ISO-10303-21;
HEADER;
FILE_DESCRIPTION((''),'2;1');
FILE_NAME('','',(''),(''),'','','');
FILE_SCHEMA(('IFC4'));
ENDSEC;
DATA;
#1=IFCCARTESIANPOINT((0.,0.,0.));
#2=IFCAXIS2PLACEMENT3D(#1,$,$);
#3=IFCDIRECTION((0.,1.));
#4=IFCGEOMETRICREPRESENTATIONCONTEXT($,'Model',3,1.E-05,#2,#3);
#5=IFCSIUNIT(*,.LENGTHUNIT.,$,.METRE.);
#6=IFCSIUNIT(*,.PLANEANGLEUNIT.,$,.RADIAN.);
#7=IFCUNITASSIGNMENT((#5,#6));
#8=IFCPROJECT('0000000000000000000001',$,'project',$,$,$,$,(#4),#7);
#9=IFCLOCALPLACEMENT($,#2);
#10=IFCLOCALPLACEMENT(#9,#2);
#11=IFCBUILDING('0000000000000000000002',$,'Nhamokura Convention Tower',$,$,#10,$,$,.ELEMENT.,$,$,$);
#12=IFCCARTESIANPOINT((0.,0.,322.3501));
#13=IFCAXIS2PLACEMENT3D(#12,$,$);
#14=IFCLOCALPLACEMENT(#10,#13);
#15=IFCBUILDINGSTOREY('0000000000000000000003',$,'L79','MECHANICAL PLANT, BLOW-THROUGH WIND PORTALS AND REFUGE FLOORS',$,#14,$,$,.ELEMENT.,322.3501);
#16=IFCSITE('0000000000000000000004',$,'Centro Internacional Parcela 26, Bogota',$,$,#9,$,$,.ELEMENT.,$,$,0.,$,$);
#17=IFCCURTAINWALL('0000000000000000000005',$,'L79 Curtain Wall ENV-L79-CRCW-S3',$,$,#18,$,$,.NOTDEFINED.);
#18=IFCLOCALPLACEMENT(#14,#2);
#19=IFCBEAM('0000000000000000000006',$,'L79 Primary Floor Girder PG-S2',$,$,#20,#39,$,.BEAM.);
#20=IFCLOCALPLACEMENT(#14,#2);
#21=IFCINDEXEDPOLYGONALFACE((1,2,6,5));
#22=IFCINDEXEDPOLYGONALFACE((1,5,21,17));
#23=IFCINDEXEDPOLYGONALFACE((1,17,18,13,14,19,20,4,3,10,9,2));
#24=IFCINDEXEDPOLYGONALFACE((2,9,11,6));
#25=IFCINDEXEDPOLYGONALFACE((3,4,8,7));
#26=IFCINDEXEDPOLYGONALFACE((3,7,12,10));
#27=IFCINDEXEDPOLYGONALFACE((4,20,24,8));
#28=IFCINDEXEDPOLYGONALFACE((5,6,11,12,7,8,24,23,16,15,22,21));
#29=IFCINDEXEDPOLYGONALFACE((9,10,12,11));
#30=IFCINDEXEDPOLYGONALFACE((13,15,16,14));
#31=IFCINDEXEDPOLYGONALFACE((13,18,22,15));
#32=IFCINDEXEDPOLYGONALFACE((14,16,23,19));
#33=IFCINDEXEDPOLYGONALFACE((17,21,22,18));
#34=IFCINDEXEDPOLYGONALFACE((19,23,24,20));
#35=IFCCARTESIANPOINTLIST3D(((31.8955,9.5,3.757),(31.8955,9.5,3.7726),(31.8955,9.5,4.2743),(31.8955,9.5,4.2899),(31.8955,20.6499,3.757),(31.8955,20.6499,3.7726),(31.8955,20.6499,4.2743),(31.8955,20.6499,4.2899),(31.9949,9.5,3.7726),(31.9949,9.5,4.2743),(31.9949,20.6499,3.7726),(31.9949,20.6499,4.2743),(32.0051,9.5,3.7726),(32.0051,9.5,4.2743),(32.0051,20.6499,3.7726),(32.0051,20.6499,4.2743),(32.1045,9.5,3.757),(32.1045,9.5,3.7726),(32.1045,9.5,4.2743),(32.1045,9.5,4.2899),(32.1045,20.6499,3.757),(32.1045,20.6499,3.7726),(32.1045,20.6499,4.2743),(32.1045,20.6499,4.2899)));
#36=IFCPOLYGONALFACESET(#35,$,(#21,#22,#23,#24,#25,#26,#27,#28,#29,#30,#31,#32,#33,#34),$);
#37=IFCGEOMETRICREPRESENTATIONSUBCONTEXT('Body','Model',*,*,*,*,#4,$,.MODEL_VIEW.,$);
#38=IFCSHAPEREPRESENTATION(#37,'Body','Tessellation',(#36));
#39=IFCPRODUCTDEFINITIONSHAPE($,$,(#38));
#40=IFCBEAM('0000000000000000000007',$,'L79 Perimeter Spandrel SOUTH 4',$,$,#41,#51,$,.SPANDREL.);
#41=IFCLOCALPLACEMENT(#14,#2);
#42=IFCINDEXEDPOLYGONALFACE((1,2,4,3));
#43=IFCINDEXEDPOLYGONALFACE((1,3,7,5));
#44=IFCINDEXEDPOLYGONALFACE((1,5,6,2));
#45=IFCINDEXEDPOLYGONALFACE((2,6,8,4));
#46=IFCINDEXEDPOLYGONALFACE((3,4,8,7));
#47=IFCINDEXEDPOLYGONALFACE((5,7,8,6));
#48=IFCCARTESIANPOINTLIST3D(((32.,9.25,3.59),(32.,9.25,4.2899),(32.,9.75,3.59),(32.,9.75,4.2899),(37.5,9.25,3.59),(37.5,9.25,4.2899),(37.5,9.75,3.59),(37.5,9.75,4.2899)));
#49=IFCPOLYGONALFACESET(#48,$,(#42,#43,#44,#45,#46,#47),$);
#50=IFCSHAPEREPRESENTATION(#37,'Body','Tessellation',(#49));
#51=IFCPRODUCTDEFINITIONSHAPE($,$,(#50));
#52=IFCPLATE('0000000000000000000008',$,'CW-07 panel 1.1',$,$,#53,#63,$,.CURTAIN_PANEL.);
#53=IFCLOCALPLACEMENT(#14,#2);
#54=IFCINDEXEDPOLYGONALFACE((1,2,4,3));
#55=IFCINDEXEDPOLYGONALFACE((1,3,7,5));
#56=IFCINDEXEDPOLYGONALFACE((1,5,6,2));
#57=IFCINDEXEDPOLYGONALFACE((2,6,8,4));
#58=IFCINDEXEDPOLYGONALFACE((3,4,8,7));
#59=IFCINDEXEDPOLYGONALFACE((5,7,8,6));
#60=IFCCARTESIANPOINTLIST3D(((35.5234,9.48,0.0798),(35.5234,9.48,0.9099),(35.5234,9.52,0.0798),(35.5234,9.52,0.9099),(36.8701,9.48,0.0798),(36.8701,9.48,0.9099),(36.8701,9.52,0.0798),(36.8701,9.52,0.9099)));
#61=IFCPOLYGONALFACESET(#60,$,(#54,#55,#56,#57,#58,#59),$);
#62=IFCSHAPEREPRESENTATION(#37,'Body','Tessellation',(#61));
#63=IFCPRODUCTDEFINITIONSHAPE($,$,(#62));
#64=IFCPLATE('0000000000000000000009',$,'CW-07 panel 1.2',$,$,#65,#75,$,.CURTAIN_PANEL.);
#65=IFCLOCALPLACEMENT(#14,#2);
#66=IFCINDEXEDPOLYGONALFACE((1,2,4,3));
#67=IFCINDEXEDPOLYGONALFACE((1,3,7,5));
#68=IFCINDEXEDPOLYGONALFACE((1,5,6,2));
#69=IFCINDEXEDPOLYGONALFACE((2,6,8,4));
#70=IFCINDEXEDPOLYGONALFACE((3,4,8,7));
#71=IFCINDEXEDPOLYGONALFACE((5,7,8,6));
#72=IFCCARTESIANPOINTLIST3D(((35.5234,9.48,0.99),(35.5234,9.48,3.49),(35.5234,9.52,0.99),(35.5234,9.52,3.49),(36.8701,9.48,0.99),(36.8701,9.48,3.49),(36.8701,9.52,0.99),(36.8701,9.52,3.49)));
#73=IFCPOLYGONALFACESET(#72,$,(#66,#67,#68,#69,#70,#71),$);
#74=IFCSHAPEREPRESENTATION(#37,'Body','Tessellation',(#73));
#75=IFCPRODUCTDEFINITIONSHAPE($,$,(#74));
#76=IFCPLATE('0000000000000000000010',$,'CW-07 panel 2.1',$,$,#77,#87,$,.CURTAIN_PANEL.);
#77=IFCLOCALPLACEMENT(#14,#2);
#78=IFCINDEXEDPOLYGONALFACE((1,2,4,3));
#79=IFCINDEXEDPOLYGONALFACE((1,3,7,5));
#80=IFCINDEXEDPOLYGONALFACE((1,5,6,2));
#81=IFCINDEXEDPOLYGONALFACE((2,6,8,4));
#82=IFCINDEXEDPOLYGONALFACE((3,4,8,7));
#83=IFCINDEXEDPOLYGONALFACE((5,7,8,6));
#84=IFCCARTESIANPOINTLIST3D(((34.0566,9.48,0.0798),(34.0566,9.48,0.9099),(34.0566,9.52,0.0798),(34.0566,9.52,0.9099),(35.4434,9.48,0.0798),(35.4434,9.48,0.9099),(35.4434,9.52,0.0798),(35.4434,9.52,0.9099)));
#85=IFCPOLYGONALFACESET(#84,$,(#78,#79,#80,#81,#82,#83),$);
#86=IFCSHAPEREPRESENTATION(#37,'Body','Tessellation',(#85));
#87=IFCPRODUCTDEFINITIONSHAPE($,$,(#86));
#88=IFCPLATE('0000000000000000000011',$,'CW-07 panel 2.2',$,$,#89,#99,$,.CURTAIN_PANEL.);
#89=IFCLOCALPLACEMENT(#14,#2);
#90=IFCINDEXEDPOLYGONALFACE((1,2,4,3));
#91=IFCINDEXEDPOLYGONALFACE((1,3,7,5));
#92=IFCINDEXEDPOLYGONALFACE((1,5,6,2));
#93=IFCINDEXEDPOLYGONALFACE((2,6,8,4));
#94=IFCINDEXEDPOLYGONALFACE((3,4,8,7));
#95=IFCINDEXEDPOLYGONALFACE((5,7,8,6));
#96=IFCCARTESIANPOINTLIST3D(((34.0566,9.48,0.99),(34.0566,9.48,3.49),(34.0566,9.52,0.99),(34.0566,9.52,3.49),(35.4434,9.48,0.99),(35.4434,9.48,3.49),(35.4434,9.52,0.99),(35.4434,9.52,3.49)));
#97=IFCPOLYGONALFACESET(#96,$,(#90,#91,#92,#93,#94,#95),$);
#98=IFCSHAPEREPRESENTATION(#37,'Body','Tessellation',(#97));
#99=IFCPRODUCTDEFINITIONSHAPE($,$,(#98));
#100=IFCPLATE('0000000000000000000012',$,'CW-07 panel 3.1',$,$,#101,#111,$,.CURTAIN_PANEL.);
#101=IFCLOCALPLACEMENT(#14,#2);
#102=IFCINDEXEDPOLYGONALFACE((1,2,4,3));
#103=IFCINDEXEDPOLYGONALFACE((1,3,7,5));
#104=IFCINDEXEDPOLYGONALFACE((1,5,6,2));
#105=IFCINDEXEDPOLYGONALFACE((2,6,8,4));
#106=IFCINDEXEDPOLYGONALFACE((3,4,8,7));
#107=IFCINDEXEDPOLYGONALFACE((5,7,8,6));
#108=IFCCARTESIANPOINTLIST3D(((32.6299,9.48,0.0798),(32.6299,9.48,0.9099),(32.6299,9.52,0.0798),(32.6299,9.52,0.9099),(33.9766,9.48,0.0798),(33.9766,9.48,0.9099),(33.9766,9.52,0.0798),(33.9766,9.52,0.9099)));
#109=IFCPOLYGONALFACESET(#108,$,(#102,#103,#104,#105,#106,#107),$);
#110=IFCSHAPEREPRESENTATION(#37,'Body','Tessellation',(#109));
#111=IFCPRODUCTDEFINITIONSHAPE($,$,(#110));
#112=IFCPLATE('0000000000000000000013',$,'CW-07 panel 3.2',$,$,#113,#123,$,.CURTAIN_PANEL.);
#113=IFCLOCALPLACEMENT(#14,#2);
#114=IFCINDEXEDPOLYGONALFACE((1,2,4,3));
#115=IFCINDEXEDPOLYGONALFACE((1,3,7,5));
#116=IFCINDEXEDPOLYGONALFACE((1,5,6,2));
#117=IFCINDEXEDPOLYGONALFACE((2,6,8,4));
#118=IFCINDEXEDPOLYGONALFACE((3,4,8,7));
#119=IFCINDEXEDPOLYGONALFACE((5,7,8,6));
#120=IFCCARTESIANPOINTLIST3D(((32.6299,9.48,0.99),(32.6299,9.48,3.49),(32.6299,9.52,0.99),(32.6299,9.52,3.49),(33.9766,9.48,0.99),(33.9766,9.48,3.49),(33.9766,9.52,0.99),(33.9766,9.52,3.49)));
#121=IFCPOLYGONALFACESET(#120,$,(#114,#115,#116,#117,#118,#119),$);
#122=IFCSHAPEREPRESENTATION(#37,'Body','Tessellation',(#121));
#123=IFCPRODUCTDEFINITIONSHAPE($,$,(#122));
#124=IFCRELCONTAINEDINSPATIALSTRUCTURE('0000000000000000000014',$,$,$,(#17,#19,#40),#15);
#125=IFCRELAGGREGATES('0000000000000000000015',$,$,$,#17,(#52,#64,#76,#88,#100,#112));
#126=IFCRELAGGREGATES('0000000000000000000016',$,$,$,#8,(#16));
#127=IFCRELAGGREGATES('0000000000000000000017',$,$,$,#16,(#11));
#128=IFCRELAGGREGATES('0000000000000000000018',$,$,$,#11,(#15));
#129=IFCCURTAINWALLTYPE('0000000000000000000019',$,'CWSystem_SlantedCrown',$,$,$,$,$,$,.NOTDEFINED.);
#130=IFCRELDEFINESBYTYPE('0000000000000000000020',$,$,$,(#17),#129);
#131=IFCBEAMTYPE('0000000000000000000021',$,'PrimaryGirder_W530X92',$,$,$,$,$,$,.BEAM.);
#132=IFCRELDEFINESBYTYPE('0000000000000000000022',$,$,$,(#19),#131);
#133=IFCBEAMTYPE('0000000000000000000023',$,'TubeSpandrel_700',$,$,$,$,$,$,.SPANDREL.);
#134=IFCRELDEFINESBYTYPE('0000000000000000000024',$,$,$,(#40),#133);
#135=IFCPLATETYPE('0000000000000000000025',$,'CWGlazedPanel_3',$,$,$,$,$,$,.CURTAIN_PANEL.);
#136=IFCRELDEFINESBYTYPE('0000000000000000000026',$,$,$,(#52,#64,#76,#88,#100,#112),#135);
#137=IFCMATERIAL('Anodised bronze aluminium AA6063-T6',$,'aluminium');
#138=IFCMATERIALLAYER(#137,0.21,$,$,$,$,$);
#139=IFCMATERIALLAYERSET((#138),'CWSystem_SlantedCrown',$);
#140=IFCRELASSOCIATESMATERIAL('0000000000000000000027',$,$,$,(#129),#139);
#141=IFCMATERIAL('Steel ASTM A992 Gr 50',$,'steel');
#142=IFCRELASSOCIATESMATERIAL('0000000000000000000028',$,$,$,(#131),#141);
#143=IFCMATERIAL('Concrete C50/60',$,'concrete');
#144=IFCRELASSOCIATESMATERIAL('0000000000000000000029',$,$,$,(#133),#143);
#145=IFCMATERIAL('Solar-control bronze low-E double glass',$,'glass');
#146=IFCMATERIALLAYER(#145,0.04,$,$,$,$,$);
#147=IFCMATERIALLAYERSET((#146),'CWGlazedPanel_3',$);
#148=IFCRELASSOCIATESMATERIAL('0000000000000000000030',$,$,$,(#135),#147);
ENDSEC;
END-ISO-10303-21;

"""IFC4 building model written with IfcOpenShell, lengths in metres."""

from ifc_helpers import new_model, si_unit, direction, frame, origin, origin_2d, place, context, subcontext, project, spatial, rectangle, i_section, extrude, material, layer, layer_set, material_profile, profile_set, type_object, element, aggregate, save


model = new_model("IFC4")

# Units and contexts
model_context = context("Model", 3, precision=1e-05, world=origin(), true_north=direction((0.0, 1.0)))
body_context = subcontext(model_context, "Body", "Model", "MODEL_VIEW")
ifc_project = project(units=[si_unit("LENGTHUNIT", "METRE"), si_unit("PLANEANGLEUNIT", "RADIAN")], contexts=[model_context])

# Site, building, storey
site_placement = place(None, origin())
site = spatial("IfcSite", under=ifc_project, at=site_placement, Name="Centro Internacional Parcela 26, Bogota", CompositionType="ELEMENT", RefElevation=0.0)
building_placement = place(site_placement, origin())
building = spatial("IfcBuilding", under=site, at=building_placement, Name="Nhamokura Convention Tower", CompositionType="ELEMENT")
storey_placement = place(building_placement, frame((0.0, 0.0, 322.3501)))
storey = spatial("IfcBuildingStorey", under=building, at=storey_placement, Name="L79", Description="MECHANICAL PLANT, BLOW-THROUGH WIND PORTALS AND REFUGE FLOORS", CompositionType="ELEMENT", Elevation=322.3501)

# Shared definitions
ifc_material_1 = material(Name="Anodised bronze aluminium AA6063-T6", Category="aluminium")
ifc_layer_1 = layer(ifc_material_1, 0.21)
ifc_layer_set_1 = layer_set([ifc_layer_1], Name="CWSystem_SlantedCrown")
curtain_wall_type = type_object("IfcCurtainWallType", Name="CWSystem_SlantedCrown", PredefinedType="NOTDEFINED", material=ifc_layer_set_1)

# Curtain wall
curtain_wall_1_placement = place(storey_placement, origin())
curtain_wall_1 = element("IfcCurtainWall", 1, at=curtain_wall_1_placement, inside=storey, type_object=curtain_wall_type, Name="L79 Curtain Wall ENV-L79-CRCW-S3", PredefinedType="NOTDEFINED")

# Beams
ifc_material_2 = material(Name="Steel ASTM A992 Gr 50", Category="steel")
ifc_material_profile_1 = material_profile(ifc_material_2, i_section(OverallWidth=0.209, OverallDepth=0.533, WebThickness=0.0103, FlangeThickness=0.0156, at=origin_2d()))
ifc_profile_set_1 = profile_set([ifc_material_profile_1], Name="Steel ASTM A992 Gr 50")
beam_type_1 = type_object("IfcBeamType", Name="PrimaryGirder_W530X92", PredefinedType="BEAM", material=ifc_profile_set_1)
beam_1_placement = place(storey_placement, frame((32.0, 9.5, 4.0234), z_axis=(0.0, 1.0, 0.0), x_axis=(-1.0, 0.0, 0.0)))
element("IfcBeam", 2, at=beam_1_placement, inside=storey, type_object=beam_type_1, Name="L79 Primary Floor Girder PG-S2", PredefinedType="BEAM", context=body_context, shape_type="SweptSolid", body=[
    extrude(i_section(OverallWidth=0.209, OverallDepth=0.533, WebThickness=0.0103, FlangeThickness=0.0156, at=origin_2d()), origin(), (0.0, 0.0, 1.0), 11.1499),
])
ifc_material_3 = material(Name="Concrete C50/60", Category="concrete")
ifc_material_profile_2 = material_profile(ifc_material_3, rectangle(XDim=0.5, YDim=0.7, at=origin_2d()))
ifc_profile_set_2 = profile_set([ifc_material_profile_2], Name="Concrete C50/60")
beam_type_2 = type_object("IfcBeamType", Name="TubeSpandrel_700", PredefinedType="SPANDREL", material=ifc_profile_set_2)
beam_2_placement = place(storey_placement, frame((32.0, 9.5, 3.9399), z_axis=(1.0, 0.0, 0.0), x_axis=(0.0, 1.0, 0.0)))
element("IfcBeam", 3, at=beam_2_placement, inside=storey, type_object=beam_type_2, Name="L79 Perimeter Spandrel SOUTH 4", PredefinedType="SPANDREL", context=body_context, shape_type="SweptSolid", body=[
    extrude(rectangle(XDim=0.5, YDim=0.7, at=origin_2d()), origin(), (0.0, 0.0, 1.0), 5.5),
])

# Plates
ifc_material_4 = material(Name="Solar-control bronze low-E double glass", Category="glass")
ifc_layer_2 = layer(ifc_material_4, 0.04)
ifc_layer_set_2 = layer_set([ifc_layer_2], Name="CWGlazedPanel_3")
plate_type = type_object("IfcPlateType", Name="CWGlazedPanel_3", PredefinedType="CURTAIN_PANEL", material=ifc_layer_set_2)
plate_1_placement = place(storey_placement, frame((36.1968, 9.5, 0.0798), z_axis=(0.0, 0.0, 1.0), x_axis=(-1.0, 0.0, 0.0)))
plate_1 = element("IfcPlate", 4, at=plate_1_placement, type_object=plate_type, Name="CW-07 panel 1.1", PredefinedType="CURTAIN_PANEL", context=body_context, shape_type="SweptSolid", body=[
    extrude(rectangle(XDim=1.3467, YDim=0.04, at=origin_2d()), origin(), (0.0, 0.0, 1.0), 0.8301),
])
plate_2_placement = place(storey_placement, frame((36.1968, 9.5, 0.99), z_axis=(0.0, 0.0, 1.0), x_axis=(-1.0, 0.0, 0.0)))
plate_2 = element("IfcPlate", 5, at=plate_2_placement, type_object=plate_type, Name="CW-07 panel 1.2", PredefinedType="CURTAIN_PANEL", context=body_context, shape_type="SweptSolid", body=[
    extrude(rectangle(XDim=1.3467, YDim=0.04, at=origin_2d()), origin(), (0.0, 0.0, 1.0), 2.5),
])
plate_3_placement = place(storey_placement, frame((34.75, 9.5, 0.0798), z_axis=(0.0, 0.0, 1.0), x_axis=(-1.0, 0.0, 0.0)))
plate_3 = element("IfcPlate", 6, at=plate_3_placement, type_object=plate_type, Name="CW-07 panel 2.1", PredefinedType="CURTAIN_PANEL", context=body_context, shape_type="SweptSolid", body=[
    extrude(rectangle(XDim=1.3867, YDim=0.04, at=origin_2d()), origin(), (0.0, 0.0, 1.0), 0.8301),
])
plate_4_placement = place(storey_placement, frame((34.75, 9.5, 0.99), z_axis=(0.0, 0.0, 1.0), x_axis=(-1.0, 0.0, 0.0)))
plate_4 = element("IfcPlate", 7, at=plate_4_placement, type_object=plate_type, Name="CW-07 panel 2.2", PredefinedType="CURTAIN_PANEL", context=body_context, shape_type="SweptSolid", body=[
    extrude(rectangle(XDim=1.3867, YDim=0.04, at=origin_2d()), origin(), (0.0, 0.0, 1.0), 2.5),
])
plate_5_placement = place(storey_placement, frame((33.3032, 9.5, 0.0798), z_axis=(0.0, 0.0, 1.0), x_axis=(-1.0, 0.0, 0.0)))
plate_5 = element("IfcPlate", 8, at=plate_5_placement, type_object=plate_type, Name="CW-07 panel 3.1", PredefinedType="CURTAIN_PANEL", context=body_context, shape_type="SweptSolid", body=[
    extrude(rectangle(XDim=1.3467, YDim=0.04, at=origin_2d()), origin(), (0.0, 0.0, 1.0), 0.8301),
])
plate_6_placement = place(storey_placement, frame((33.3032, 9.5, 0.99), z_axis=(0.0, 0.0, 1.0), x_axis=(-1.0, 0.0, 0.0)))
plate_6 = element("IfcPlate", 9, at=plate_6_placement, type_object=plate_type, Name="CW-07 panel 3.2", PredefinedType="CURTAIN_PANEL", context=body_context, shape_type="SweptSolid", body=[
    extrude(rectangle(XDim=1.3467, YDim=0.04, at=origin_2d()), origin(), (0.0, 0.0, 1.0), 2.5),
])
aggregate(curtain_wall_1, [plate_1, plate_2, plate_3, plate_4, plate_5, plate_6])

save(model, "model.ifc")
